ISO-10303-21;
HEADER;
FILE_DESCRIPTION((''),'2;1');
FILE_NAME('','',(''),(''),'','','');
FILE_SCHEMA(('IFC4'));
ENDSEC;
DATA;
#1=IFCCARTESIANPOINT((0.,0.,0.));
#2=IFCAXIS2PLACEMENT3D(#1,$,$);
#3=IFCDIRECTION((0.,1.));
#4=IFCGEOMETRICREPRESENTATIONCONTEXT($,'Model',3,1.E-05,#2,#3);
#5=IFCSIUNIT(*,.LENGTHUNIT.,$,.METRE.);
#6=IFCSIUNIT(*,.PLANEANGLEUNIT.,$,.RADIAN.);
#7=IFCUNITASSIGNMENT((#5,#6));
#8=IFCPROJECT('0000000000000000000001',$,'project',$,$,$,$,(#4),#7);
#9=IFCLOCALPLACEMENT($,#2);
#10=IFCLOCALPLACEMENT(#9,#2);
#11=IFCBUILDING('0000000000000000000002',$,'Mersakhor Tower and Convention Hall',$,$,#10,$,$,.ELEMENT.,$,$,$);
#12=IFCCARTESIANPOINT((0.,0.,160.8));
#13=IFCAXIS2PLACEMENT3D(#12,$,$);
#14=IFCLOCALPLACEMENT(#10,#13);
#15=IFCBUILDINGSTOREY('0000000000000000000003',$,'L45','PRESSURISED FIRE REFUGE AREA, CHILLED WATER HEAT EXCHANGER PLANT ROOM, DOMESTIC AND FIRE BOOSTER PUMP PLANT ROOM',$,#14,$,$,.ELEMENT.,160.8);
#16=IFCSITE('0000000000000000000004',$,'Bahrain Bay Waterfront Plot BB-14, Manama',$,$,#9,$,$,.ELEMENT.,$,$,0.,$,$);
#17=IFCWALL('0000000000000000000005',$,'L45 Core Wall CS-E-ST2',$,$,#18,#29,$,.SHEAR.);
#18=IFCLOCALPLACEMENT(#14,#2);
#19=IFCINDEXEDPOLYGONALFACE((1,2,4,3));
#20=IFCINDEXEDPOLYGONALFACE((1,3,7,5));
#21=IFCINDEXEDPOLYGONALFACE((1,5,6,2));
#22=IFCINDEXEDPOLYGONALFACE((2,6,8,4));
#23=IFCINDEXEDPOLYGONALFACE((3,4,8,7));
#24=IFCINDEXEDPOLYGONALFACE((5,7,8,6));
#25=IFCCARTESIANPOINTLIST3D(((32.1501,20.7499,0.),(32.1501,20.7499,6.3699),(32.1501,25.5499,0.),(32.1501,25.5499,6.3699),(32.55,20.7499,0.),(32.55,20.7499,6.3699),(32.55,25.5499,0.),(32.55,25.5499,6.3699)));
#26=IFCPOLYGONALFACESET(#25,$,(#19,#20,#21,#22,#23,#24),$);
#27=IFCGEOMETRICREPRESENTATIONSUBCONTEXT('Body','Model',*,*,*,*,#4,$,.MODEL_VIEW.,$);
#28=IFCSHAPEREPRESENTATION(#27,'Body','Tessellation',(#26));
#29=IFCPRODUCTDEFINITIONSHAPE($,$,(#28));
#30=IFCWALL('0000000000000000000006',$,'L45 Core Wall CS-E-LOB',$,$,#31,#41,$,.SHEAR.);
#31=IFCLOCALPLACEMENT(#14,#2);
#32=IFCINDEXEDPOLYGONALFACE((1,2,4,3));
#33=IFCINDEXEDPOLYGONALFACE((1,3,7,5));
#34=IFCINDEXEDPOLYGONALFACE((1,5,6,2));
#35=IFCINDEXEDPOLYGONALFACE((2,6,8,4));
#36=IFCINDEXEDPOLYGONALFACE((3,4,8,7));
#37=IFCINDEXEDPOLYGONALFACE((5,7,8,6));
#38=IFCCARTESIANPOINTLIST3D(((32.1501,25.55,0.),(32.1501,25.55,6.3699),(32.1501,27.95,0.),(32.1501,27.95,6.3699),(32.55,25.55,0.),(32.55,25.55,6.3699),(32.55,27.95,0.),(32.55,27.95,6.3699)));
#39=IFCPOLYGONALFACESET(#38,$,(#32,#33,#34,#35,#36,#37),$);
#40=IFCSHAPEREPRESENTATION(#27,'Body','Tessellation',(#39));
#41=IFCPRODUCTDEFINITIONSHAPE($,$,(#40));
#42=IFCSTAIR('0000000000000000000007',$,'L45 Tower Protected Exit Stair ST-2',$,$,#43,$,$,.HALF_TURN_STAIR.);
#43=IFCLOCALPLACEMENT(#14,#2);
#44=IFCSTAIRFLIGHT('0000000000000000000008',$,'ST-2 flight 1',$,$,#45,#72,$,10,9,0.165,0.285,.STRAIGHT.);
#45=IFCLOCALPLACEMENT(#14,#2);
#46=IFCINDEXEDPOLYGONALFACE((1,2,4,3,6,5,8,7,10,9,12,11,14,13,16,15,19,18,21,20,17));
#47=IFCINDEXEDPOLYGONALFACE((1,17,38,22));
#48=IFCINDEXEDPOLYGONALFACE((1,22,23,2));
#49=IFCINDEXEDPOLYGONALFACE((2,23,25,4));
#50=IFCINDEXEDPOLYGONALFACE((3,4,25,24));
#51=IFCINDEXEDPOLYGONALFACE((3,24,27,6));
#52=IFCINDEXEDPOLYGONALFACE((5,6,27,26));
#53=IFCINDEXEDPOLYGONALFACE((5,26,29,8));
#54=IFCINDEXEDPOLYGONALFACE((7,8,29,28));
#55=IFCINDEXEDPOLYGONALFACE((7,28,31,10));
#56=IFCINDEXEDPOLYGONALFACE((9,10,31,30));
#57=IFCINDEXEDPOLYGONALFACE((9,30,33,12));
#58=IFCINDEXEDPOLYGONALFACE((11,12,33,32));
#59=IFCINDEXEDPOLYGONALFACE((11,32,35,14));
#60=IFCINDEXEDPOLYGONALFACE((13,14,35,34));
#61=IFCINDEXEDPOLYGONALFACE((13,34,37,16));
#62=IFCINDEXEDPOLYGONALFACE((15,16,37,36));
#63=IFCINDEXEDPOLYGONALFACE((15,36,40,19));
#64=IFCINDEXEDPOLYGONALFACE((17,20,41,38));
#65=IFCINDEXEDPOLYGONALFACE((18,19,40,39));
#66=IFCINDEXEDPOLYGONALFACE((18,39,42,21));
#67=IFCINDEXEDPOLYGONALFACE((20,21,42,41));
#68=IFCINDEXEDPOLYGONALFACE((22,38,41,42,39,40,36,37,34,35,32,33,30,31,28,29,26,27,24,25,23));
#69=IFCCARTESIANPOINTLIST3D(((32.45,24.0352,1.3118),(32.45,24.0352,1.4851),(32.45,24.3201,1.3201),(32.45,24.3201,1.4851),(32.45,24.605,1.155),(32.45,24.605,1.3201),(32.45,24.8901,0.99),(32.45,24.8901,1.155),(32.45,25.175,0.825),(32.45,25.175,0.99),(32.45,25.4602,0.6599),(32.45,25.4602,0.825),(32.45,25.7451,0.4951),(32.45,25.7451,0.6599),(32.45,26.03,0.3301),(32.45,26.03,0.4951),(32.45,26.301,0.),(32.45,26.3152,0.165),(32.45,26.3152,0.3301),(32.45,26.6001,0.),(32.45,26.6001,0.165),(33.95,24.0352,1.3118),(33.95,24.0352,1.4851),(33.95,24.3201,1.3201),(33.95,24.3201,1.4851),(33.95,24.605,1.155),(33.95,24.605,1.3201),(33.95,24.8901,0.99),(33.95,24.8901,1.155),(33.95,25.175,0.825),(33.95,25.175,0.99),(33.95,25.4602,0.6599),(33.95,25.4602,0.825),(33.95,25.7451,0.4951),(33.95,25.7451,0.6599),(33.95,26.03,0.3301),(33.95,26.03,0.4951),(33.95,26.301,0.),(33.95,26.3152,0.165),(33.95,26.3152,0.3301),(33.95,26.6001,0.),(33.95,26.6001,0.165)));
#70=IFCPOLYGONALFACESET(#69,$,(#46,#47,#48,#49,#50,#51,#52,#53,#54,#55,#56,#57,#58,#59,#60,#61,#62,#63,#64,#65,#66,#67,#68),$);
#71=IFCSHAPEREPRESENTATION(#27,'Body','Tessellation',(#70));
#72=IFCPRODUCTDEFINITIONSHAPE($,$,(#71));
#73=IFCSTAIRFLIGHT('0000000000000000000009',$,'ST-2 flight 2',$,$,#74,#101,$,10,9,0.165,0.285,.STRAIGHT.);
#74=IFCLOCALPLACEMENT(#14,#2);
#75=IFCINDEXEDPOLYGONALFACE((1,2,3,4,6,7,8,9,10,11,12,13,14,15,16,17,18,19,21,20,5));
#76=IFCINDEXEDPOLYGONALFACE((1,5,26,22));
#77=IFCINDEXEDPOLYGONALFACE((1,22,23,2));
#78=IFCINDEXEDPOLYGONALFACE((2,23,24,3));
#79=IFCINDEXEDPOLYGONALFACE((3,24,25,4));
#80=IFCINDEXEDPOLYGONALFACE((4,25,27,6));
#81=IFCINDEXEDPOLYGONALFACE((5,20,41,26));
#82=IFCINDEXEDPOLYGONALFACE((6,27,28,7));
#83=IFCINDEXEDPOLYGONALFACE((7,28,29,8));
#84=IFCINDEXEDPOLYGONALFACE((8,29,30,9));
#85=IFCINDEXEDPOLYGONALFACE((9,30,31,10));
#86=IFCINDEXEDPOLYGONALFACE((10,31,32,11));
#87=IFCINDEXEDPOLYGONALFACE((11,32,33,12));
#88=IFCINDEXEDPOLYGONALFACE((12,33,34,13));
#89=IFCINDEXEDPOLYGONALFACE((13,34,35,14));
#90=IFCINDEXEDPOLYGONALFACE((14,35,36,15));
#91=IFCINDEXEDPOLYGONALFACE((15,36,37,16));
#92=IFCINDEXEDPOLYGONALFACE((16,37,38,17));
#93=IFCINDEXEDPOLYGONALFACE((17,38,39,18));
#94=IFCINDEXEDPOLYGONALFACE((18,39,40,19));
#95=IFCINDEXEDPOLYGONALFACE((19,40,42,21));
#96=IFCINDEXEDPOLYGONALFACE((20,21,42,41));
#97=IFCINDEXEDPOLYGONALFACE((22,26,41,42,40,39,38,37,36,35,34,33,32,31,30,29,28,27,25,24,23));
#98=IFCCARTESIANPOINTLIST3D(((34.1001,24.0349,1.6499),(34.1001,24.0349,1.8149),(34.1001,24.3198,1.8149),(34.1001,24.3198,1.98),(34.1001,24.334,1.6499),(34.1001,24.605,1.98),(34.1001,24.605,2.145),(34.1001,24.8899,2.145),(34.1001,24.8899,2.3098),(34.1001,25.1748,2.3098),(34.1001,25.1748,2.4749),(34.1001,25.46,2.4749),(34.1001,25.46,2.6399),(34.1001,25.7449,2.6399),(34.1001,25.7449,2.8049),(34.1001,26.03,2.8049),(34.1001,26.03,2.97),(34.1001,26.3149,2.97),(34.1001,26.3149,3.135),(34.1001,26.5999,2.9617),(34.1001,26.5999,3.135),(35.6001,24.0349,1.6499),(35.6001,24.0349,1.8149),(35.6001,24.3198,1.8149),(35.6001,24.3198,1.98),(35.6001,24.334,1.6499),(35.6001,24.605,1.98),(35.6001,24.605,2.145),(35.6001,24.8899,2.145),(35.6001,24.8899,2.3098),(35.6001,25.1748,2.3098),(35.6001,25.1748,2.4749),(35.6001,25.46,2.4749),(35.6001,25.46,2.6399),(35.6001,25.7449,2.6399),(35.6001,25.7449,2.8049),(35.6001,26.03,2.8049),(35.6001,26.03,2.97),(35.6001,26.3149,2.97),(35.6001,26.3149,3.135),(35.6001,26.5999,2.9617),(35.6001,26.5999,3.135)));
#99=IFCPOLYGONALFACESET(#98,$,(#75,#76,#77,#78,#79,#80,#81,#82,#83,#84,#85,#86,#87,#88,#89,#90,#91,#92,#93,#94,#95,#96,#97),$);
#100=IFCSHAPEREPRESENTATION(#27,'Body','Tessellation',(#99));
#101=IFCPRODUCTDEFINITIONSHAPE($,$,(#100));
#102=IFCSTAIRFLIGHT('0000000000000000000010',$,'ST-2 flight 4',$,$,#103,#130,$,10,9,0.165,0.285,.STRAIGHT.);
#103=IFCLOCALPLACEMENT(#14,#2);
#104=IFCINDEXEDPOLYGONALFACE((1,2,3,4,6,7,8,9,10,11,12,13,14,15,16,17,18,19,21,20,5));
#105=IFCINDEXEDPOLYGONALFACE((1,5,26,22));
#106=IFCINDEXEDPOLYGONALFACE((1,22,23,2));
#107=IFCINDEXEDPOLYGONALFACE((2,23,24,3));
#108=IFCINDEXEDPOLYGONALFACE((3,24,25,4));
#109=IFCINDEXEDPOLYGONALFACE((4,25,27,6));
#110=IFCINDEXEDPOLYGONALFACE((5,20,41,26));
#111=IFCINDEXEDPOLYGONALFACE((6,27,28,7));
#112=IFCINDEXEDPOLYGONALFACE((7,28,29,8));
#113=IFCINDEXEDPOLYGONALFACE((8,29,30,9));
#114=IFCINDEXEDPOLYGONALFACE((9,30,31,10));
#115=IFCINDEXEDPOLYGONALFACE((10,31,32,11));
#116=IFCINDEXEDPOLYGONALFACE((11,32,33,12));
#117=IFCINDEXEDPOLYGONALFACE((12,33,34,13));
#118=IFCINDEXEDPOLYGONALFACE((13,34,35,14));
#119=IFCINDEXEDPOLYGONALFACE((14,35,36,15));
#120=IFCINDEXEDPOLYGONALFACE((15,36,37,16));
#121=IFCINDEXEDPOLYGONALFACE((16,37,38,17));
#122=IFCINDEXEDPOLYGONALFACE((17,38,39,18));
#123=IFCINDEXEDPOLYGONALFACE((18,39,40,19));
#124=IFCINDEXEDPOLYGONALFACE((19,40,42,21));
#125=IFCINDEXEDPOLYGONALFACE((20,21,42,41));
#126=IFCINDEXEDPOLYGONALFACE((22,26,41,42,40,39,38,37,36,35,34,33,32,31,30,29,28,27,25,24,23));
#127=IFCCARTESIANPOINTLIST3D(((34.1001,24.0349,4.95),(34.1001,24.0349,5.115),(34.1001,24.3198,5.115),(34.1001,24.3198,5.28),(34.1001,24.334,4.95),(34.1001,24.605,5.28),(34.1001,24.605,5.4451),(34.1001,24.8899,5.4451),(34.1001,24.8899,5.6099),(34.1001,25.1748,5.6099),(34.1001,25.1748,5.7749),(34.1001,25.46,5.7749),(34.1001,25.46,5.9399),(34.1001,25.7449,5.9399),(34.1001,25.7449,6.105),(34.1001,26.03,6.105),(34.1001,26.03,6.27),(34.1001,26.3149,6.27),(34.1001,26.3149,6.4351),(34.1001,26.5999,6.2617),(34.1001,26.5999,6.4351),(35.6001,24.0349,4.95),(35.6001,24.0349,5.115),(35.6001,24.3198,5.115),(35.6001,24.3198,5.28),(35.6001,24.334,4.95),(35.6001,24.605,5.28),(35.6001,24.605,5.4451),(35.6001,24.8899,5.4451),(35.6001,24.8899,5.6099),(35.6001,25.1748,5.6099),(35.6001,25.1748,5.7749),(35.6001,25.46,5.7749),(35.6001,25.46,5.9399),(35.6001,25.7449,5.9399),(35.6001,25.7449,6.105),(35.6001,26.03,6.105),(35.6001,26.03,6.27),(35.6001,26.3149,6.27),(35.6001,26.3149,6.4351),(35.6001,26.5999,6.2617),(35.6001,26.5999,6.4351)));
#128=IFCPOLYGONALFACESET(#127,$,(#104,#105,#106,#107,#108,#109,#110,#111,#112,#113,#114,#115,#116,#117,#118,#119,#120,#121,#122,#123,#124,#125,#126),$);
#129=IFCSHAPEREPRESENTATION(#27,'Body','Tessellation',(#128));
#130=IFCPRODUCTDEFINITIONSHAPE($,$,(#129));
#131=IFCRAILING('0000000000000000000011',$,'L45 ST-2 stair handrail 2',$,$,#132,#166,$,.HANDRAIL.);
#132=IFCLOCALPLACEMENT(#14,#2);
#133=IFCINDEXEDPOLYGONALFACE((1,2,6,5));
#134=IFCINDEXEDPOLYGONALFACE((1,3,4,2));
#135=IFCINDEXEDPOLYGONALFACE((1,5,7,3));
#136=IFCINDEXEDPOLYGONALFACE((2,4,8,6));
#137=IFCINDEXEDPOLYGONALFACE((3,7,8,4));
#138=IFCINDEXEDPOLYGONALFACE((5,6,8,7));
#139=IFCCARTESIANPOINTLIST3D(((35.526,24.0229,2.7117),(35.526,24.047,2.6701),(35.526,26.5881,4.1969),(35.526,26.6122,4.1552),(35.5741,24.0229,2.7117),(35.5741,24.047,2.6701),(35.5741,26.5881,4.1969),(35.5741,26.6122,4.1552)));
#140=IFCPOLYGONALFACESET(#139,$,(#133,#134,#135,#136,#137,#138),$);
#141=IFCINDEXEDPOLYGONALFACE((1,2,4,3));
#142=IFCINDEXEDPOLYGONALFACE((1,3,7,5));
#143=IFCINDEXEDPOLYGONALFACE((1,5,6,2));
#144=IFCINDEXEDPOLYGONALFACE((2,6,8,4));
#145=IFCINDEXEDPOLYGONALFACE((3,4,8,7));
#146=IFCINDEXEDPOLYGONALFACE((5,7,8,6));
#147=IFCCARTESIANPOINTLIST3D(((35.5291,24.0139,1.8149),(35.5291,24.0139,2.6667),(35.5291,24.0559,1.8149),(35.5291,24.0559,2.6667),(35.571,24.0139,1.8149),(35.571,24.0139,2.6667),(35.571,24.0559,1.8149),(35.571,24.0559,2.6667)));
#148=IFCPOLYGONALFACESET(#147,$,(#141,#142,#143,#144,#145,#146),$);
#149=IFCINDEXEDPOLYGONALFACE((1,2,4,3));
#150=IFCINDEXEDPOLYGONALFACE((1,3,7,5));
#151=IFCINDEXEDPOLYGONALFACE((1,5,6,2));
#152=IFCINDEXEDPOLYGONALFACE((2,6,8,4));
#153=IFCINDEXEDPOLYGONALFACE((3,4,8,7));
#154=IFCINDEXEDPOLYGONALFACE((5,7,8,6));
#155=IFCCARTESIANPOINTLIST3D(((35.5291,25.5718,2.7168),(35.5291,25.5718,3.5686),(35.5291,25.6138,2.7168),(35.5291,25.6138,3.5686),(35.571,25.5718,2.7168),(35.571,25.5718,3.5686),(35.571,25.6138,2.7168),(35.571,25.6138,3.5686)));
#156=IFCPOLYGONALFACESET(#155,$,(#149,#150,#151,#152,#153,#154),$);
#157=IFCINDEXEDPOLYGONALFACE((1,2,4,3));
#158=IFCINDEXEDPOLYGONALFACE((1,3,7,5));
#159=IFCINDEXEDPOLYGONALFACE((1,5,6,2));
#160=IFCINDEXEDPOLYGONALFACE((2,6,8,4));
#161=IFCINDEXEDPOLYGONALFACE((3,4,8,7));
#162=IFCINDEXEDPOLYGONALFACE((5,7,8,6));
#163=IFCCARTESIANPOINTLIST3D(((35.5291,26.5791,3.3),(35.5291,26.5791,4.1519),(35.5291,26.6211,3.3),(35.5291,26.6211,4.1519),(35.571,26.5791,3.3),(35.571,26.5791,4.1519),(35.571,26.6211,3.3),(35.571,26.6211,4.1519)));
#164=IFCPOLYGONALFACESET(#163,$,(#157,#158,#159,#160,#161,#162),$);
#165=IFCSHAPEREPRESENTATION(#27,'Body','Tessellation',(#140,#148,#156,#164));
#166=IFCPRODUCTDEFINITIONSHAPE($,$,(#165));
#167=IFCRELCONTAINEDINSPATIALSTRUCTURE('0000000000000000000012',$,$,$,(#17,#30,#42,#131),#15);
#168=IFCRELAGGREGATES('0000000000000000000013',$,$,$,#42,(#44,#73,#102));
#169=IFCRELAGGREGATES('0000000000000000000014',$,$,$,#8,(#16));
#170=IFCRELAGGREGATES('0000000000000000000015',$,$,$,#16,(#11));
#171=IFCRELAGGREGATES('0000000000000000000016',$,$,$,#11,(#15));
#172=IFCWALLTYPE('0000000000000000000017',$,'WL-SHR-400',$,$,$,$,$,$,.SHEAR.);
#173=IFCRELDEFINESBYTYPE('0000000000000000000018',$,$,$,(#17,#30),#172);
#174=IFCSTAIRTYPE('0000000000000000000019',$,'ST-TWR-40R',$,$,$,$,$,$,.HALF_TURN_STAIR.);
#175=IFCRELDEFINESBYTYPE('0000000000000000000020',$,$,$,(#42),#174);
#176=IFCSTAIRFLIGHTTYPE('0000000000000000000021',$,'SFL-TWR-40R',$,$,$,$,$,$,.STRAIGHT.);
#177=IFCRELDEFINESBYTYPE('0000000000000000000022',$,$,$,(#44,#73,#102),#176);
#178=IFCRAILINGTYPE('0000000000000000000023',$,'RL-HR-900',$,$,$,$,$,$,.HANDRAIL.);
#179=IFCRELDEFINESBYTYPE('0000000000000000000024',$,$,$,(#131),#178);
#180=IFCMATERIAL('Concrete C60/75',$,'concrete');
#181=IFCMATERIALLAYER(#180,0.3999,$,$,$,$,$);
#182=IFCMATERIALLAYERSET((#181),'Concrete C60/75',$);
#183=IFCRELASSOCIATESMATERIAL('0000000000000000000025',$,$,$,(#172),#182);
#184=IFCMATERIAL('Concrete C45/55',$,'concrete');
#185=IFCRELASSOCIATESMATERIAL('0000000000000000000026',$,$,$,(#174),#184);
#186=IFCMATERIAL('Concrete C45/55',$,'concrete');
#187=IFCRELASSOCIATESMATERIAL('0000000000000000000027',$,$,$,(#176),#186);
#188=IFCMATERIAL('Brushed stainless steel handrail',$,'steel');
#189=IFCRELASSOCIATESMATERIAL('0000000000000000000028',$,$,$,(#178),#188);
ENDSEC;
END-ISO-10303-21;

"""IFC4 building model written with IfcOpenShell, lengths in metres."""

from ifc_helpers import new_model, si_unit, direction, frame, frame_2d, origin, origin_2d, place, context, subcontext, project, spatial, polyline, rectangle, outline, extrude, material, layer, layer_set, type_object, element, aggregate, save


model = new_model("IFC4")

# Units and contexts
model_context = context("Model", 3, precision=1e-05, world=origin(), true_north=direction((0.0, 1.0)))
body_context = subcontext(model_context, "Body", "Model", "MODEL_VIEW")
ifc_project = project(units=[si_unit("LENGTHUNIT", "METRE"), si_unit("PLANEANGLEUNIT", "RADIAN")], contexts=[model_context])

# Site, building, storey
site_placement = place(None, origin())
site = spatial("IfcSite", under=ifc_project, at=site_placement, Name="Bahrain Bay Waterfront Plot BB-14, Manama", CompositionType="ELEMENT", RefElevation=0.0)
building_placement = place(site_placement, origin())
building = spatial("IfcBuilding", under=site, at=building_placement, Name="Mersakhor Tower and Convention Hall", CompositionType="ELEMENT")
storey_placement = place(building_placement, frame((0.0, 0.0, 160.8)))
storey = spatial("IfcBuildingStorey", under=building, at=storey_placement, Name="L45", Description="PRESSURISED FIRE REFUGE AREA, CHILLED WATER HEAT EXCHANGER PLANT ROOM, DOMESTIC AND FIRE BOOSTER PUMP PLANT ROOM", CompositionType="ELEMENT", Elevation=160.8)

# Shared definitions
ifc_material_1 = material(Name="Concrete C60/75", Category="concrete")
ifc_layer_1 = layer(ifc_material_1, 0.3999)
ifc_layer_set_1 = layer_set([ifc_layer_1], Name="Concrete C60/75")
wall_type_1 = type_object("IfcWallType", Name="WL-SHR-400", PredefinedType="SHEAR", material=ifc_layer_set_1)

# Walls
wall_1_placement = place(storey_placement, frame((32.3501, 20.75, 0.0), z_axis=(0.0, 0.0, 1.0), x_axis=(0.0, 1.0, 0.0)))
element("IfcWall", 1, at=wall_1_placement, inside=storey, type_object=wall_type_1, Name="L45 Core Wall CS-E-ST2", PredefinedType="SHEAR", context=body_context, shape_type="SweptSolid", body=[
    extrude(rectangle(XDim=4.8, YDim=0.3999, at=frame_2d((2.3999, 0.0))), origin(), (0.0, 0.0, 1.0), 6.3699),
])
wall_2_placement = place(storey_placement, frame((32.3501, 25.55, 0.0), z_axis=(0.0, 0.0, 1.0), x_axis=(0.0, 1.0, 0.0)))
element("IfcWall", 2, at=wall_2_placement, inside=storey, type_object=wall_type_1, Name="L45 Core Wall CS-E-LOB", PredefinedType="SHEAR", context=body_context, shape_type="SweptSolid", body=[
    extrude(rectangle(XDim=2.3999, YDim=0.3999, at=frame_2d((1.2, 0.0))), origin(), (0.0, 0.0, 1.0), 6.3699),
])

# Stair, stair flights
ifc_material_2 = material(Name="Concrete C45/55", Category="concrete")
stair_type = type_object("IfcStairType", Name="ST-TWR-40R", PredefinedType="HALF_TURN_STAIR", material=ifc_material_2)
stair_placement = place(storey_placement, origin())
stair = element("IfcStair", 3, at=stair_placement, inside=storey, type_object=stair_type, Name="L45 Tower Protected Exit Stair ST-2", PredefinedType="HALF_TURN_STAIR")
ifc_material_3 = material(Name="Concrete C45/55", Category="concrete")
stair_flight_type = type_object("IfcStairFlightType", Name="SFL-TWR-40R", PredefinedType="STRAIGHT", material=ifc_material_3)
stair_flight_1_placement = place(storey_placement, frame((33.2, 26.6001, 0.0), z_axis=(0.0, 0.0, 1.0), x_axis=(0.0, -1.0, 0.0)))
stair_flight_1 = element("IfcStairFlight", 4, at=stair_flight_1_placement, type_object=stair_flight_type, Name="ST-2 flight 1", NumberOfRisers=10, NumberOfTreads=9, PredefinedType="STRAIGHT", RiserHeight=0.165, TreadLength=0.285, context=body_context, shape_type="SweptSolid", body=[
    extrude(outline(polyline([(0.0, 0.0), (0.0, 0.165), (0.2849, 0.165), (0.2849, 0.3301), (0.5701, 0.3301), (0.5701, 0.4951), (0.855, 0.4951), (0.855, 0.6599), (1.1399, 0.6599), (1.1399, 0.825), (1.425, 0.825), (1.425, 0.99), (1.71, 0.99), (1.71, 1.155), (1.9951, 1.155), (1.9951, 1.3201), (2.28, 1.3201), (2.28, 1.4851), (2.5649, 1.4851), (2.5649, 1.6499), (2.5649, 1.3118), (0.2991, 0.0), (0.0, 0.0)])), frame((0.0, 0.75, 0.0), z_axis=(0.0, -1.0, 0.0), x_axis=(1.0, 0.0, 0.0)), (0.0, 0.0, 1.0), 1.5),
])
stair_flight_2_placement = place(storey_placement, frame((34.8501, 24.0349, 1.6499), z_axis=(0.0, 0.0, 1.0), x_axis=(0.0, 1.0, 0.0)))
stair_flight_2 = element("IfcStairFlight", 5, at=stair_flight_2_placement, type_object=stair_flight_type, Name="ST-2 flight 2", NumberOfRisers=10, NumberOfTreads=9, PredefinedType="STRAIGHT", RiserHeight=0.165, TreadLength=0.285, context=body_context, shape_type="SweptSolid", body=[
    extrude(outline(polyline([(0.0, 0.0), (0.0, 0.165), (0.2849, 0.165), (0.2849, 0.3301), (0.5701, 0.3301), (0.5701, 0.4951), (0.855, 0.4951), (0.855, 0.6599), (1.1399, 0.6599), (1.1399, 0.825), (1.425, 0.825), (1.425, 0.99), (1.71, 0.99), (1.71, 1.155), (1.9951, 1.155), (1.9951, 1.3201), (2.28, 1.3201), (2.28, 1.4851), (2.5649, 1.4851), (2.5649, 1.6499), (2.5649, 1.3118), (0.2991, 0.0), (0.0, 0.0)])), frame((0.0, 0.75, 0.0), z_axis=(0.0, -1.0, 0.0), x_axis=(1.0, 0.0, 0.0)), (0.0, 0.0, 1.0), 1.5),
])
stair_flight_3_placement = place(storey_placement, frame((34.8501, 24.0349, 4.95), z_axis=(0.0, 0.0, 1.0), x_axis=(0.0, 1.0, 0.0)))
stair_flight_3 = element("IfcStairFlight", 6, at=stair_flight_3_placement, type_object=stair_flight_type, Name="ST-2 flight 4", NumberOfRisers=10, NumberOfTreads=9, PredefinedType="STRAIGHT", RiserHeight=0.165, TreadLength=0.285, context=body_context, shape_type="SweptSolid", body=[
    extrude(outline(polyline([(0.0, 0.0), (0.0, 0.165), (0.2849, 0.165), (0.2849, 0.3301), (0.5701, 0.3301), (0.5701, 0.4951), (0.855, 0.4951), (0.855, 0.6599), (1.1399, 0.6599), (1.1399, 0.825), (1.425, 0.825), (1.425, 0.99), (1.71, 0.99), (1.71, 1.155), (1.9951, 1.155), (1.9951, 1.3201), (2.28, 1.3201), (2.28, 1.4851), (2.5649, 1.4851), (2.5649, 1.6499), (2.5649, 1.3118), (0.2991, 0.0), (0.0, 0.0)])), frame((0.0, 0.75, 0.0), z_axis=(0.0, -1.0, 0.0), x_axis=(1.0, 0.0, 0.0)), (0.0, 0.0, 1.0), 1.5),
])
aggregate(stair, [stair_flight_1, stair_flight_2, stair_flight_3])

# Railing
ifc_material_4 = material(Name="Brushed stainless steel handrail", Category="steel")
railing_type_1 = type_object("IfcRailingType", Name="RL-HR-900", PredefinedType="HANDRAIL", material=ifc_material_4)
railing_1_placement = place(storey_placement, frame((35.55, 24.0349, 1.8149)))
element("IfcRailing", 7, at=railing_1_placement, inside=storey, type_object=railing_type_1, Name="L45 ST-2 stair handrail 2", PredefinedType="HANDRAIL", context=body_context, shape_type="SweptSolid", body=[
    extrude(rectangle(XDim=0.0481, YDim=0.0481, at=origin_2d()), frame((0.0, 0.0, 0.876), z_axis=(0.0, 0.865426, 0.501036), x_axis=(-1.0, 0.0, 0.0)), (0.0, 0.0, 1.0), 2.9641),
    extrude(rectangle(XDim=0.042, YDim=0.042, at=origin_2d()), origin(), (0.0, 0.0, 1.0), 0.8518),
    extrude(rectangle(XDim=0.042, YDim=0.042, at=origin_2d()), frame((0.0, 1.5579, 0.9019)), (0.0, 0.0, 1.0), 0.8518),
    extrude(rectangle(XDim=0.042, YDim=0.042, at=origin_2d()), frame((0.0, 2.5652, 1.4851)), (0.0, 0.0, 1.0), 0.8518),
])

save(model, "model.ifc")
